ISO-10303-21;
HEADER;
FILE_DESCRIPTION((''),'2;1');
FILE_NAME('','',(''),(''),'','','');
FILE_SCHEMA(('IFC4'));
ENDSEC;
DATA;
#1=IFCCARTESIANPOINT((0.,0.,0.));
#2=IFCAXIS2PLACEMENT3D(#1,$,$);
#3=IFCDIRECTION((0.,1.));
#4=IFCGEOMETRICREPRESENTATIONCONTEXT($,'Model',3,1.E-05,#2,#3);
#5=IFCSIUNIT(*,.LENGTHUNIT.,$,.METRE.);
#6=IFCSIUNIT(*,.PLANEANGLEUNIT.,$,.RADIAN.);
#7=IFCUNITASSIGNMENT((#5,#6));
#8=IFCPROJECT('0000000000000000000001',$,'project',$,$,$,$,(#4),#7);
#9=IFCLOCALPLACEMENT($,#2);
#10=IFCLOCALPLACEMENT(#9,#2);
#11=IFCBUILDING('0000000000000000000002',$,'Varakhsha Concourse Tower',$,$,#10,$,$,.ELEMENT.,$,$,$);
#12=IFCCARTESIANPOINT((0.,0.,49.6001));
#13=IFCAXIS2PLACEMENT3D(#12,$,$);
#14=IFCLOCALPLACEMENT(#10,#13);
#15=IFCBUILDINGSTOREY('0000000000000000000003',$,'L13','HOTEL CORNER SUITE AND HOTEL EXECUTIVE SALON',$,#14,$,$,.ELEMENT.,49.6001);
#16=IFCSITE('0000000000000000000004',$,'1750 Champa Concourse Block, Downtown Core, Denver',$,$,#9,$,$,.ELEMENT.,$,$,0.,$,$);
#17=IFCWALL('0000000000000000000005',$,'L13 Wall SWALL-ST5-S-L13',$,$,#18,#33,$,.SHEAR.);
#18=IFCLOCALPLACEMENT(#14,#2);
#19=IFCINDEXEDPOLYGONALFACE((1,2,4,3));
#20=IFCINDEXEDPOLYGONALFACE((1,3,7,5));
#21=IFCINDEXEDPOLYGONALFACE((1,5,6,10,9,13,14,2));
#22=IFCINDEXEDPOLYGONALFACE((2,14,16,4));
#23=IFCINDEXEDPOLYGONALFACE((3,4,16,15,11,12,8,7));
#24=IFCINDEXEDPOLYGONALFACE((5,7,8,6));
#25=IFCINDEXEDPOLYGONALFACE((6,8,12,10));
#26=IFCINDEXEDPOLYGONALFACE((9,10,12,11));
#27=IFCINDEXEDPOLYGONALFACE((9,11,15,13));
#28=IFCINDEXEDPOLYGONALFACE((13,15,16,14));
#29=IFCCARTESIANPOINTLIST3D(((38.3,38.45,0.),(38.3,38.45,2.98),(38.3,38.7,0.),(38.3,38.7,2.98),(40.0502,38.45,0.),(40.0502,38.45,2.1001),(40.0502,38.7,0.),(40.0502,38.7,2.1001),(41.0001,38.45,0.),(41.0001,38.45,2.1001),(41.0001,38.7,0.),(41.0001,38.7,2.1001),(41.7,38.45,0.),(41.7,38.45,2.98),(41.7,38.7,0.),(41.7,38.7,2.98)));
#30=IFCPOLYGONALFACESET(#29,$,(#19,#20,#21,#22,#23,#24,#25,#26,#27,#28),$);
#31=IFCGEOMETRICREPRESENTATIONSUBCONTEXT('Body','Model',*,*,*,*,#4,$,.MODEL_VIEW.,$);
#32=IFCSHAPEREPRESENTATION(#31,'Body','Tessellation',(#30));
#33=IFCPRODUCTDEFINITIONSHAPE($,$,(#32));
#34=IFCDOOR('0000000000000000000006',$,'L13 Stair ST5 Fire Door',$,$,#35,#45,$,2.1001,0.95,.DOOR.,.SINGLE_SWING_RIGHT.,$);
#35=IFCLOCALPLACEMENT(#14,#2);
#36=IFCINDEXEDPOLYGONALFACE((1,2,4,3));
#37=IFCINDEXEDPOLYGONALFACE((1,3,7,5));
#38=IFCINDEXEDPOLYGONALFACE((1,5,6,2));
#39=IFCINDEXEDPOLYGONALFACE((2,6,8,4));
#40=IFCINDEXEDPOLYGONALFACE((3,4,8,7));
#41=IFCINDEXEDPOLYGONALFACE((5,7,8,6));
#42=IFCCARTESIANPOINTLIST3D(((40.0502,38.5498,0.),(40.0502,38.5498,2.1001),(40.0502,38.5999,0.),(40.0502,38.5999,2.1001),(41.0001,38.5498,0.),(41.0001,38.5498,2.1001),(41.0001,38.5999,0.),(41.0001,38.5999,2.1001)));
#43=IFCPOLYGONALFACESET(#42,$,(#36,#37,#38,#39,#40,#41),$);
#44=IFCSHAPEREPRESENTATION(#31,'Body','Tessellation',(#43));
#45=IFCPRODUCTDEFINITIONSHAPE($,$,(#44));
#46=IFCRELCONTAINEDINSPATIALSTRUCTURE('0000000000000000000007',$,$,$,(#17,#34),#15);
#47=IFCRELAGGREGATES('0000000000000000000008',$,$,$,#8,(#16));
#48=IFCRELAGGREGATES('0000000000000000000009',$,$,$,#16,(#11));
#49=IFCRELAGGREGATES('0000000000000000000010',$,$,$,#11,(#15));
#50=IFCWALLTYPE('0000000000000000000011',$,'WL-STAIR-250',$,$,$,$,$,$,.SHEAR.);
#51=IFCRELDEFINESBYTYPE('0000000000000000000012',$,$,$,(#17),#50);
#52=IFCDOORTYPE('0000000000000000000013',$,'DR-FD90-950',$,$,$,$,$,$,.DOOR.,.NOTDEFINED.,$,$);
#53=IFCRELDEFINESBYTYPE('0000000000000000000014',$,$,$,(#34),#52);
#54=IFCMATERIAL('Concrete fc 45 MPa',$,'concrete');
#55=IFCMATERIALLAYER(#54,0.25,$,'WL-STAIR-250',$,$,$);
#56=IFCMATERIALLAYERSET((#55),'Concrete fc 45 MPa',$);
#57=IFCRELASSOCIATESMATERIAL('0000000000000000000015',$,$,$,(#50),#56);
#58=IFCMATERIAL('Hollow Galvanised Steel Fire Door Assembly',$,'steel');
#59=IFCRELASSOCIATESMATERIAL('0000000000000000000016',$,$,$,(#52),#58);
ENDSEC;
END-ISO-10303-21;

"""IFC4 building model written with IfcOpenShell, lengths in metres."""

from ifc_helpers import new_model, si_unit, direction, frame, frame_2d, origin, place, context, subcontext, project, spatial, rectangle, extrude, material, layer, layer_set, type_object, element, fill, save


model = new_model("IFC4")

# Units and contexts
model_context = context("Model", 3, precision=1e-05, world=origin(), true_north=direction((0.0, 1.0)))
body_context = subcontext(model_context, "Body", "Model", "MODEL_VIEW")
ifc_project = project(units=[si_unit("LENGTHUNIT", "METRE"), si_unit("PLANEANGLEUNIT", "RADIAN")], contexts=[model_context])

# Site, building, storey
site_placement = place(None, origin())
site = spatial("IfcSite", under=ifc_project, at=site_placement, Name="1750 Champa Concourse Block, Downtown Core, Denver", CompositionType="ELEMENT", RefElevation=0.0)
building_placement = place(site_placement, origin())
building = spatial("IfcBuilding", under=site, at=building_placement, Name="Varakhsha Concourse Tower", CompositionType="ELEMENT")
storey_placement = place(building_placement, frame((0.0, 0.0, 49.6001)))
storey = spatial("IfcBuildingStorey", under=building, at=storey_placement, Name="L13", Description="HOTEL CORNER SUITE AND HOTEL EXECUTIVE SALON", CompositionType="ELEMENT", Elevation=49.6001)

# Shared definitions
ifc_material_1 = material(Name="Hollow Galvanised Steel Fire Door Assembly", Category="steel")

# Shared definitions
ifc_material_2 = material(Name="Concrete fc 45 MPa", Category="concrete")
ifc_layer_1 = layer(ifc_material_2, 0.25, Name="WL-STAIR-250")
ifc_layer_set_1 = layer_set([ifc_layer_1], Name="Concrete fc 45 MPa")
wall_type_1 = type_object("IfcWallType", Name="WL-STAIR-250", PredefinedType="SHEAR", material=ifc_layer_set_1)

# Wall, opening, door
wall_1_placement = place(storey_placement, frame((38.3, 38.575, 0.0), z_axis=(0.0, 0.0, 1.0), x_axis=(1.0, 0.0, 0.0)))
wall_1 = element("IfcWall", 1, at=wall_1_placement, inside=storey, type_object=wall_type_1, Name="L13 Wall SWALL-ST5-S-L13", PredefinedType="SHEAR", context=body_context, shape_type="SweptSolid", body=[
    extrude(rectangle(XDim=3.3999, YDim=0.25, at=frame_2d((1.7, 0.0))), origin(), (0.0, 0.0, 1.0), 2.98),
])
opening_1_placement = place(wall_1_placement, frame((1.75, 0.0, 0.0)))
opening_1 = element("IfcOpeningElement", 2, at=opening_1_placement, cuts=wall_1, PredefinedType="OPENING", context=body_context, shape_type="SweptSolid", body=[
    extrude(rectangle(XDim=0.95, YDim=2.1001, at=frame_2d((0.4751, 1.05))), frame((0.0, 0.135, 0.0), z_axis=(0.0, -1.0, 0.0), x_axis=(1.0, 0.0, 0.0)), (0.0, 0.0, 1.0), 0.27),
])
door_type_1 = type_object("IfcDoorType", Name="DR-FD90-950", OperationType="NOTDEFINED", PredefinedType="DOOR", material=ifc_material_1)
door_1_placement = place(opening_1_placement, origin())
door_1 = element("IfcDoor", 3, at=door_1_placement, inside=storey, type_object=door_type_1, Name="L13 Stair ST5 Fire Door", OperationType="SINGLE_SWING_RIGHT", OverallHeight=2.1001, OverallWidth=0.95, PredefinedType="DOOR", context=body_context, shape_type="SweptSolid", body=[
    extrude(rectangle(XDim=0.95, YDim=2.1001, at=frame_2d((0.4751, 1.05))), frame((0.0, 0.0249, 0.0), z_axis=(0.0, -1.0, 0.0), x_axis=(1.0, 0.0, 0.0)), (0.0, 0.0, 1.0), 0.05),
])
fill(opening_1, door_1)

save(model, "model.ifc")
